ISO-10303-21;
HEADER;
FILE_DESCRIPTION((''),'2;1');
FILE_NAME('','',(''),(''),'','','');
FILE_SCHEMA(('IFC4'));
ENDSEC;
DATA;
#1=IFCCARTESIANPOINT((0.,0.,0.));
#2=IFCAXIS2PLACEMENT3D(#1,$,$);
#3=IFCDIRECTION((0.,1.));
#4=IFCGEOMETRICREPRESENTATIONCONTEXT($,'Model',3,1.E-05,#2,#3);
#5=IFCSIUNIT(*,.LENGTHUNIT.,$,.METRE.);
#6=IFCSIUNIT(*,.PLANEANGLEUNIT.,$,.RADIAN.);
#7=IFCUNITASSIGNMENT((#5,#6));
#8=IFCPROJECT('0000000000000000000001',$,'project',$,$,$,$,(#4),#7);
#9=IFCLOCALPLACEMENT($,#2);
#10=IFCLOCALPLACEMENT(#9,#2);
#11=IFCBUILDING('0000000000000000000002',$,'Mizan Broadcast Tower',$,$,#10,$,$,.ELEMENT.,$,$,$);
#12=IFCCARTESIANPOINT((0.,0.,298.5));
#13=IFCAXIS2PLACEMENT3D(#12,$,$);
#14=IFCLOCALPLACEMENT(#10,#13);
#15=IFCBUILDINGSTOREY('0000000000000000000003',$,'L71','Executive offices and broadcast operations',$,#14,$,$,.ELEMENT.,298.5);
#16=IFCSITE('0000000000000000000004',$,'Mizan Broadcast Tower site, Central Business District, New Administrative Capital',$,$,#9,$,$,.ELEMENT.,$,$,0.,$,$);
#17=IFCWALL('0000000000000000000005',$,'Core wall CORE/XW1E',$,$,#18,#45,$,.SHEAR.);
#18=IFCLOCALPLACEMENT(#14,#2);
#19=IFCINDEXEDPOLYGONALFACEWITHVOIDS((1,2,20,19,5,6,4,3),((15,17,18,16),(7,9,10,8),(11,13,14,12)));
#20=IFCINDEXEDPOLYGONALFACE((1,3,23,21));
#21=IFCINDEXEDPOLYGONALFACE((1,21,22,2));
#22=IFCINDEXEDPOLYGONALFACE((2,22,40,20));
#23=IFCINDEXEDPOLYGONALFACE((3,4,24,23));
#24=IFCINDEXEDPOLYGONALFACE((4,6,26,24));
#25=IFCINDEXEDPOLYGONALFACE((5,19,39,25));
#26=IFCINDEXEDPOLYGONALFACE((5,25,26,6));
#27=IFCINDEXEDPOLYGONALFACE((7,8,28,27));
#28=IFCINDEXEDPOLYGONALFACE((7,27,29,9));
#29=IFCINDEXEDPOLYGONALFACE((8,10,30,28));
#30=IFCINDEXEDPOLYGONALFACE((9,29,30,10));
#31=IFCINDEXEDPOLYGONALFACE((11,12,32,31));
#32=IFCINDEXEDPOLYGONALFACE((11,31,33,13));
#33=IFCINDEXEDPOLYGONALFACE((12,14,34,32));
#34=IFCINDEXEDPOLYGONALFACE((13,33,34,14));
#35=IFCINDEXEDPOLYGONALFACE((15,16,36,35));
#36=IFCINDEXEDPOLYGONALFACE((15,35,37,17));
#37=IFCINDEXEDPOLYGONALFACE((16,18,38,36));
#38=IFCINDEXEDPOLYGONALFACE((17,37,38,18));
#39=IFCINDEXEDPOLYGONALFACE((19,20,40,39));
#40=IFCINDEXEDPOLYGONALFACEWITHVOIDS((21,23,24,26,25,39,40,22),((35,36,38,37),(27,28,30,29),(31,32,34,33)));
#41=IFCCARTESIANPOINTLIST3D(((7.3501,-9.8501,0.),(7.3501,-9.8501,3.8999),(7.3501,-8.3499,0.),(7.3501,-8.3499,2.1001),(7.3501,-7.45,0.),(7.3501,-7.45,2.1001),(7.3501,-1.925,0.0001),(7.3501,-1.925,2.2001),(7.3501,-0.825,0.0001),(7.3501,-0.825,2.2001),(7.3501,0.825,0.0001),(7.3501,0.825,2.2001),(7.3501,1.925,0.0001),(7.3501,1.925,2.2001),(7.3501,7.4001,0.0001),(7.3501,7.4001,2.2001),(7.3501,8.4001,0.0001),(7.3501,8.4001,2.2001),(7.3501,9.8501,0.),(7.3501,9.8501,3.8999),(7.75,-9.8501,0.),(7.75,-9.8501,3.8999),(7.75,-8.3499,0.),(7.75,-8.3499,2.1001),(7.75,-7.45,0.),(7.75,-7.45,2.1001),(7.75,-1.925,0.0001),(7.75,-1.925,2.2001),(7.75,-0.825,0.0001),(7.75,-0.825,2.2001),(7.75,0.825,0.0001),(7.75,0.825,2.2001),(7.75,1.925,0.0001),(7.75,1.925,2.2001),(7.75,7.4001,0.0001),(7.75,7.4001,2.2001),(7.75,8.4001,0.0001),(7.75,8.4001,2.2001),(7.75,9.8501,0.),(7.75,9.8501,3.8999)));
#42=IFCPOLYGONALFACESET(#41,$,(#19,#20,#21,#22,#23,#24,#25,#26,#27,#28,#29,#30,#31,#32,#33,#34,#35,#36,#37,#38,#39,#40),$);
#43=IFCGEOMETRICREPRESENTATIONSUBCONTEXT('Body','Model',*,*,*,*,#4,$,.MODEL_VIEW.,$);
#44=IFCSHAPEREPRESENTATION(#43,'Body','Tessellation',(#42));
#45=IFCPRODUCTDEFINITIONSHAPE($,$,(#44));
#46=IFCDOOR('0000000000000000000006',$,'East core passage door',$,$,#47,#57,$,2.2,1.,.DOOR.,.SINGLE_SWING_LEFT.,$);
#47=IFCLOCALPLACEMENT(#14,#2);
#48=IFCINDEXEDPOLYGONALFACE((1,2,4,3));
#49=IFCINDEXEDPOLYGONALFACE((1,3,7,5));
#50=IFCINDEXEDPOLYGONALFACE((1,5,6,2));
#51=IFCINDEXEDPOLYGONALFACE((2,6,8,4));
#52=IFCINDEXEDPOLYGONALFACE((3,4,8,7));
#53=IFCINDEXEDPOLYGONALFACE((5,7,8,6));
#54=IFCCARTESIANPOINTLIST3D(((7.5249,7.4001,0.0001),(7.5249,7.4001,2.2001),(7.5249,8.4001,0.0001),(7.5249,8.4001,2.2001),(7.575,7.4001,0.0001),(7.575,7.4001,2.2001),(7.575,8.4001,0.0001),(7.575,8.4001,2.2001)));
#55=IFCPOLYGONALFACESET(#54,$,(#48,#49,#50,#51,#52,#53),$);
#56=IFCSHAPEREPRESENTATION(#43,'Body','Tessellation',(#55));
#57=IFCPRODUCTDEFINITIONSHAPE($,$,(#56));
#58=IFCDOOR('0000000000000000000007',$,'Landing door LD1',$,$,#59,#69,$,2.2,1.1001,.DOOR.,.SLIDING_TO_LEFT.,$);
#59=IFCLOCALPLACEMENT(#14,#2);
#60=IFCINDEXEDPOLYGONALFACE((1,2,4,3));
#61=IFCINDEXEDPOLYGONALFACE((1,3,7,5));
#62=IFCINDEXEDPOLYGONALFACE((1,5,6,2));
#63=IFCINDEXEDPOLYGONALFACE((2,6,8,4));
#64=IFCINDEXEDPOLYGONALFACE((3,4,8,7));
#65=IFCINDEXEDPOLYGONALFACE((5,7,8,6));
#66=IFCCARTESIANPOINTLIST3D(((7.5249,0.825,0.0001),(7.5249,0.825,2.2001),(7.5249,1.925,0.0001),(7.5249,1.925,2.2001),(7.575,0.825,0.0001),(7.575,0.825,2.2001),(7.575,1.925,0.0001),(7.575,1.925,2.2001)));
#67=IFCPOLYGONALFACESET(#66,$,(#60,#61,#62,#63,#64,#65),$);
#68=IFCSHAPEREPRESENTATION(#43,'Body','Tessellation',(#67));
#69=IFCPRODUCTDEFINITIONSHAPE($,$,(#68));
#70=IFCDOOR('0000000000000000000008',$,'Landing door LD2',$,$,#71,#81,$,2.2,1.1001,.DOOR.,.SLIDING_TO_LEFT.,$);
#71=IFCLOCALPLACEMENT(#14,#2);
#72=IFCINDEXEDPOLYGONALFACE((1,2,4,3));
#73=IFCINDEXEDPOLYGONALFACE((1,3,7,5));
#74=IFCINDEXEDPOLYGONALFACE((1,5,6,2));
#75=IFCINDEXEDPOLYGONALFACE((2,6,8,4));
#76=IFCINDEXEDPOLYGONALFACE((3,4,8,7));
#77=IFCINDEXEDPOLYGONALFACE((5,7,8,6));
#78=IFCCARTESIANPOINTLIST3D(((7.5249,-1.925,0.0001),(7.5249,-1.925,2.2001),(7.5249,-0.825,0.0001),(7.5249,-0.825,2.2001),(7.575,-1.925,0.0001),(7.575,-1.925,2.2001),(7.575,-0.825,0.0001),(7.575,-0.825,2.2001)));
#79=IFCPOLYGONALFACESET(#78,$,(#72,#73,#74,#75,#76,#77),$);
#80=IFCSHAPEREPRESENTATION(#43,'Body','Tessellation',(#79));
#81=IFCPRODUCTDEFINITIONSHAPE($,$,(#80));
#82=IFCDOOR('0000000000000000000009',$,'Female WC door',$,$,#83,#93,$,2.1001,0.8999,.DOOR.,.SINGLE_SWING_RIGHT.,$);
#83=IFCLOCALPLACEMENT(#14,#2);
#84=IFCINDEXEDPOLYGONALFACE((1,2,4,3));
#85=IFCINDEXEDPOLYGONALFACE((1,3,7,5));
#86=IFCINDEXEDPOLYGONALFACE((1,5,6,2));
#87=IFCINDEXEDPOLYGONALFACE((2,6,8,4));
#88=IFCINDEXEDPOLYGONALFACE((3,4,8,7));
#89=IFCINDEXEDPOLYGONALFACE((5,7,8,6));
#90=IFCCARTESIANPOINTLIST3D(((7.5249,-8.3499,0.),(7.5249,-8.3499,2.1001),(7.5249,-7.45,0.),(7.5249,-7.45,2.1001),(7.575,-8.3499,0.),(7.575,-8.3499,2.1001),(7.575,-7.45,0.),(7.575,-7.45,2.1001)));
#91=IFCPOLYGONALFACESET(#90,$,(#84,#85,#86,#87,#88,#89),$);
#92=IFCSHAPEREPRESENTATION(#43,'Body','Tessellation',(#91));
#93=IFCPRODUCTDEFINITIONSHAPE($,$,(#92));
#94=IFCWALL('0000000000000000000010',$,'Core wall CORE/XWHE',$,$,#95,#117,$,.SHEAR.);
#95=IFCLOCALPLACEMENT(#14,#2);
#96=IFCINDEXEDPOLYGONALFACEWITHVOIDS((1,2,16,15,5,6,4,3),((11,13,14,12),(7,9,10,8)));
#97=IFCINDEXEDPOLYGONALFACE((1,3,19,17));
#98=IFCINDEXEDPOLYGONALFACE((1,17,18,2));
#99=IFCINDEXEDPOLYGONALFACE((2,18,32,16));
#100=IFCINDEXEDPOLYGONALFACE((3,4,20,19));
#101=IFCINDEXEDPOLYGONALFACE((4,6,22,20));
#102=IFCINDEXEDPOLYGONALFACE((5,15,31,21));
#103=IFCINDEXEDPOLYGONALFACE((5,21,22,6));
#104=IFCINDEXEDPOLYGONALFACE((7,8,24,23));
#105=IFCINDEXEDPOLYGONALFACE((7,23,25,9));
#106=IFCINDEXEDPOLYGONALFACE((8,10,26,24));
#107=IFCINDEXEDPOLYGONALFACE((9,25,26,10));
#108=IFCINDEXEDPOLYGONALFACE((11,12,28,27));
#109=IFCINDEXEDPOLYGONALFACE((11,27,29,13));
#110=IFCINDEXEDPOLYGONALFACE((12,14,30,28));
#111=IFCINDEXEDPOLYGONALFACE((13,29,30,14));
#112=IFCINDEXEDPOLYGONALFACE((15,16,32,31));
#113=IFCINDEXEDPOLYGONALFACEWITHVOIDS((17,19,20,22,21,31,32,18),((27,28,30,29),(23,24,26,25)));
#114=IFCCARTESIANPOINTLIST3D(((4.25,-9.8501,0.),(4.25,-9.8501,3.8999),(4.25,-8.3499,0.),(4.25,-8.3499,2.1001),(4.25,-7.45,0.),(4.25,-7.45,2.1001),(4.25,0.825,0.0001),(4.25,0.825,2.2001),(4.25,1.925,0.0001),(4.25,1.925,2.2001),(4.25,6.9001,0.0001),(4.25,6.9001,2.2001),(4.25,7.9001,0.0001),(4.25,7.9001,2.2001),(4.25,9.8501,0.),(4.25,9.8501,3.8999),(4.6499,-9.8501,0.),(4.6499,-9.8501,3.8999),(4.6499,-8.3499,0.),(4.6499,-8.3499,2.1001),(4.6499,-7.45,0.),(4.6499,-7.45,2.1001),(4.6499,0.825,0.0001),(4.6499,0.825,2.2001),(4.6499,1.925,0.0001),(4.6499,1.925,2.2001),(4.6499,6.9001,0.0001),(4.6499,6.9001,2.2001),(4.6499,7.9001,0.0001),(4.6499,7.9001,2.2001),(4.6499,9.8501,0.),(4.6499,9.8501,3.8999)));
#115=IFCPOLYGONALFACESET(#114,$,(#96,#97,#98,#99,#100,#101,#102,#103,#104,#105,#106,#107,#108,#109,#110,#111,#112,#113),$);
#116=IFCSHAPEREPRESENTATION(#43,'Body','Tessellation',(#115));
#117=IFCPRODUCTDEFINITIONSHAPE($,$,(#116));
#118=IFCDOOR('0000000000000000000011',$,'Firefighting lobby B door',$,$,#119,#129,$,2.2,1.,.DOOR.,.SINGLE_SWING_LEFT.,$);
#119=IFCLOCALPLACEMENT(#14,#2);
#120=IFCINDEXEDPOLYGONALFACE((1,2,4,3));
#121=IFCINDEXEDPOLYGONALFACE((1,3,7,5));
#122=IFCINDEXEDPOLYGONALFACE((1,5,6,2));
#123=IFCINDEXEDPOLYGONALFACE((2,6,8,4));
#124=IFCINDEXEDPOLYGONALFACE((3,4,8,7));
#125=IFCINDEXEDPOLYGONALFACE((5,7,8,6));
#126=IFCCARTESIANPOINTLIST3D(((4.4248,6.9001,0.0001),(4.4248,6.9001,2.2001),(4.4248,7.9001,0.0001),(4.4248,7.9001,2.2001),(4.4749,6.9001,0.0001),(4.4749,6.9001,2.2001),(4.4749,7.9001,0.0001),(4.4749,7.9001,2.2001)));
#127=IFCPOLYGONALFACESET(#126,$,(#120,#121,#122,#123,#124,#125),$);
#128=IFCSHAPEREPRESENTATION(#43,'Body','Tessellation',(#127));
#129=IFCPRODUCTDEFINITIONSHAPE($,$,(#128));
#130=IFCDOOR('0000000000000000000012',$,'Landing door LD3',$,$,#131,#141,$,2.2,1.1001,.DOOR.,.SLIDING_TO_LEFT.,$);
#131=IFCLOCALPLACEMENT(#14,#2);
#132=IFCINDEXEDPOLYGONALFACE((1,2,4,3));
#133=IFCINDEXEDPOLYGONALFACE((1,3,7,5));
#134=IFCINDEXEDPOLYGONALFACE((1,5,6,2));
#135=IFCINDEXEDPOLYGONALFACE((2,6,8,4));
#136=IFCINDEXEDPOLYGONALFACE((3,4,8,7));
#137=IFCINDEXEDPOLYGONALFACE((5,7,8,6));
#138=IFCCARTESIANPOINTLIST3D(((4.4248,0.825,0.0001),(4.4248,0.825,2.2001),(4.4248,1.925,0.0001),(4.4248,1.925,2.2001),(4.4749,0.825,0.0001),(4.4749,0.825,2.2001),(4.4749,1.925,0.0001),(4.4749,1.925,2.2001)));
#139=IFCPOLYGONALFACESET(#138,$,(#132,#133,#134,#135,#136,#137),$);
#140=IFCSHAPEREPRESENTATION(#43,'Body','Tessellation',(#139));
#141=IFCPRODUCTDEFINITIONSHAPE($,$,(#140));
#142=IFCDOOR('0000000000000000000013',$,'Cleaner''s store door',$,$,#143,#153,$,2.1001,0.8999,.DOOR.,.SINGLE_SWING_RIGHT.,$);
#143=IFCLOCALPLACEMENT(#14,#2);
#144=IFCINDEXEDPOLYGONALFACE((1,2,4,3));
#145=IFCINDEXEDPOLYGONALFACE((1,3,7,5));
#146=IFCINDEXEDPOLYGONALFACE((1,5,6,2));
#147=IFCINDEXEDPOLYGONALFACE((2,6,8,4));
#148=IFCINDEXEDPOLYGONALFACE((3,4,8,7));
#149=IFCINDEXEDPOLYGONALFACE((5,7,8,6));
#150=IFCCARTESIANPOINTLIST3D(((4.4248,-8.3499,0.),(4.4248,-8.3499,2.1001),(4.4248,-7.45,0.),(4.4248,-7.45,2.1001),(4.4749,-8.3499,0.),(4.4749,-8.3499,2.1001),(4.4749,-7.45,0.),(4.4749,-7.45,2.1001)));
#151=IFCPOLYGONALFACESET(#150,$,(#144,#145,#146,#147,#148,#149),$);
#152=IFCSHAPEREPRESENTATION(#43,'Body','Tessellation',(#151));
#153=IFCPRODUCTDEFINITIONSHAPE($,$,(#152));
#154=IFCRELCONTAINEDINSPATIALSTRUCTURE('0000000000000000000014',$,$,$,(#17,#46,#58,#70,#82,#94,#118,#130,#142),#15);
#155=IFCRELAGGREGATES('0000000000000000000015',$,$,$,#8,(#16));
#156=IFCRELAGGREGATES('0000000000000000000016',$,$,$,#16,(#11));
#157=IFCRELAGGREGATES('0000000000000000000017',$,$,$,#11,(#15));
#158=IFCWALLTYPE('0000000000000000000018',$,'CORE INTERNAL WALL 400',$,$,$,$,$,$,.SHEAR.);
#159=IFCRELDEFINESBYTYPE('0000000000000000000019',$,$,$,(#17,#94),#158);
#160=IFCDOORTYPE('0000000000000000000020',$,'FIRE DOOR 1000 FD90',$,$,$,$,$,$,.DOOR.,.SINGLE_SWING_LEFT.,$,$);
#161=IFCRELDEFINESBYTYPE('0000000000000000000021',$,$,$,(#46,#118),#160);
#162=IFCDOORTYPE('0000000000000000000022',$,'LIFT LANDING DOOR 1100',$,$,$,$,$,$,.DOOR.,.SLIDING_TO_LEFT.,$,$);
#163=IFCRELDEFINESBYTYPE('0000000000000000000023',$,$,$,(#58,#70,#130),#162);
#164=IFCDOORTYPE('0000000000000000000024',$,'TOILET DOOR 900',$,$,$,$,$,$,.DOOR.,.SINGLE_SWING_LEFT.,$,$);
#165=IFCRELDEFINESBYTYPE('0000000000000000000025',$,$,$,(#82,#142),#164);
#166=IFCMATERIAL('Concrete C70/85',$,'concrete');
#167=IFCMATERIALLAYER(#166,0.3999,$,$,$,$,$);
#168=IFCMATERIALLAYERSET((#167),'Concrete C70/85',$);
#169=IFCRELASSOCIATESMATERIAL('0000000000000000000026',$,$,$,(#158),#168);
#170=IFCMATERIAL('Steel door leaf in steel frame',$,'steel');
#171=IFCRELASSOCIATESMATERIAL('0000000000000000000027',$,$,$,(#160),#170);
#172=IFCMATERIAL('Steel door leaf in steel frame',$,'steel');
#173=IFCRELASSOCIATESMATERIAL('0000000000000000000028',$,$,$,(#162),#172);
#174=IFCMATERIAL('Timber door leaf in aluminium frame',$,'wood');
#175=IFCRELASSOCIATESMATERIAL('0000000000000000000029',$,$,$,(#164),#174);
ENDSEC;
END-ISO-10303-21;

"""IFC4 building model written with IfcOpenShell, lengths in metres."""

from ifc_helpers import new_model, si_unit, direction, frame, frame_2d, origin, place, context, subcontext, project, spatial, rectangle, extrude, material, layer, layer_set, type_object, element, fill, save


model = new_model("IFC4")

# Units and contexts
model_context = context("Model", 3, precision=1e-05, world=origin(), true_north=direction((0.0, 1.0)))
body_context = subcontext(model_context, "Body", "Model", "MODEL_VIEW")
ifc_project = project(units=[si_unit("LENGTHUNIT", "METRE"), si_unit("PLANEANGLEUNIT", "RADIAN")], contexts=[model_context])

# Site, building, storey
site_placement = place(None, origin())
site = spatial("IfcSite", under=ifc_project, at=site_placement, Name="Mizan Broadcast Tower site, Central Business District, New Administrative Capital", CompositionType="ELEMENT", RefElevation=0.0)
building_placement = place(site_placement, origin())
building = spatial("IfcBuilding", under=site, at=building_placement, Name="Mizan Broadcast Tower", CompositionType="ELEMENT")
storey_placement = place(building_placement, frame((0.0, 0.0, 298.5)))
storey = spatial("IfcBuildingStorey", under=building, at=storey_placement, Name="L71", Description="Executive offices and broadcast operations", CompositionType="ELEMENT", Elevation=298.5)

# Walls, openings, doors
ifc_material_1 = material(Name="Concrete C70/85", Category="concrete")
ifc_layer_1 = layer(ifc_material_1, 0.3999)
ifc_layer_set_1 = layer_set([ifc_layer_1], Name="Concrete C70/85")
wall_type = type_object("IfcWallType", Name="CORE INTERNAL WALL 400", PredefinedType="SHEAR", material=ifc_layer_set_1)
wall_1_placement = place(storey_placement, frame((7.55, 9.8501, 0.0), z_axis=(0.0, 0.0, 1.0), x_axis=(0.0, -1.0, 0.0)))
wall_1 = element("IfcWall", 1, at=wall_1_placement, inside=storey, type_object=wall_type, Name="Core wall CORE/XW1E", PredefinedType="SHEAR", context=body_context, shape_type="SweptSolid", body=[
    extrude(rectangle(XDim=19.7002, YDim=0.3999, at=frame_2d((9.8501, 0.0))), origin(), (0.0, 0.0, 1.0), 3.8999),
])
opening_1_placement = place(wall_1_placement, frame((1.45, 0.0, 0.0)))
opening_1 = element("IfcOpeningElement", 2, at=opening_1_placement, cuts=wall_1, PredefinedType="OPENING", context=body_context, shape_type="SweptSolid", body=[
    extrude(rectangle(XDim=1.0, YDim=2.2, at=frame_2d((0.5, 1.1001))), frame((0.0, 0.21, 0.0), z_axis=(0.0, -1.0, 0.0), x_axis=(1.0, 0.0, 0.0)), (0.0, 0.0, 1.0), 0.4199),
])
opening_2_placement = place(wall_1_placement, frame((17.3, 0.0, 0.0)))
opening_2 = element("IfcOpeningElement", 3, at=opening_2_placement, cuts=wall_1, PredefinedType="OPENING", context=body_context, shape_type="SweptSolid", body=[
    extrude(rectangle(XDim=0.8999, YDim=2.1001, at=frame_2d((0.45, 1.05))), frame((0.0, 0.21, 0.0), z_axis=(0.0, -1.0, 0.0), x_axis=(1.0, 0.0, 0.0)), (0.0, 0.0, 1.0), 0.4199),
])
opening_3_placement = place(wall_1_placement, frame((7.925, 0.0, 0.0)))
opening_3 = element("IfcOpeningElement", 4, at=opening_3_placement, cuts=wall_1, PredefinedType="OPENING", context=body_context, shape_type="SweptSolid", body=[
    extrude(rectangle(XDim=1.1001, YDim=2.2, at=frame_2d((0.55, 1.1001))), frame((0.0, 0.21, 0.0), z_axis=(0.0, -1.0, 0.0), x_axis=(1.0, 0.0, 0.0)), (0.0, 0.0, 1.0), 0.4199),
])
opening_4_placement = place(wall_1_placement, frame((10.675, 0.0, 0.0)))
opening_4 = element("IfcOpeningElement", 5, at=opening_4_placement, cuts=wall_1, PredefinedType="OPENING", context=body_context, shape_type="SweptSolid", body=[
    extrude(rectangle(XDim=1.1001, YDim=2.2, at=frame_2d((0.55, 1.1001))), frame((0.0, 0.21, 0.0), z_axis=(0.0, -1.0, 0.0), x_axis=(1.0, 0.0, 0.0)), (0.0, 0.0, 1.0), 0.4199),
])
ifc_material_2 = material(Name="Steel door leaf in steel frame", Category="steel")
door_type_1 = type_object("IfcDoorType", Name="FIRE DOOR 1000 FD90", OperationType="SINGLE_SWING_LEFT", PredefinedType="DOOR", material=ifc_material_2)
door_1_placement = place(opening_1_placement, origin())
door_1 = element("IfcDoor", 6, at=door_1_placement, inside=storey, type_object=door_type_1, Name="East core passage door", OperationType="SINGLE_SWING_LEFT", OverallHeight=2.2, OverallWidth=1.0, PredefinedType="DOOR", context=body_context, shape_type="SweptSolid", body=[
    extrude(rectangle(XDim=1.0, YDim=2.2, at=frame_2d((0.5, 1.1001))), frame((0.0, 0.0249, 0.0), z_axis=(0.0, -1.0, 0.0), x_axis=(1.0, 0.0, 0.0)), (0.0, 0.0, 1.0), 0.05),
])
fill(opening_1, door_1)
ifc_material_3 = material(Name="Steel door leaf in steel frame", Category="steel")
door_type_2 = type_object("IfcDoorType", Name="LIFT LANDING DOOR 1100", OperationType="SLIDING_TO_LEFT", PredefinedType="DOOR", material=ifc_material_3)
door_2_placement = place(opening_3_placement, origin())
door_2 = element("IfcDoor", 7, at=door_2_placement, inside=storey, type_object=door_type_2, Name="Landing door LD1", OperationType="SLIDING_TO_LEFT", OverallHeight=2.2, OverallWidth=1.1001, PredefinedType="DOOR", context=body_context, shape_type="SweptSolid", body=[
    extrude(rectangle(XDim=1.1001, YDim=2.2, at=frame_2d((0.55, 1.1001))), frame((0.0, 0.0249, 0.0), z_axis=(0.0, -1.0, 0.0), x_axis=(1.0, 0.0, 0.0)), (0.0, 0.0, 1.0), 0.05),
])
fill(opening_3, door_2)
door_3_placement = place(opening_4_placement, origin())
door_3 = element("IfcDoor", 8, at=door_3_placement, inside=storey, type_object=door_type_2, Name="Landing door LD2", OperationType="SLIDING_TO_LEFT", OverallHeight=2.2, OverallWidth=1.1001, PredefinedType="DOOR", context=body_context, shape_type="SweptSolid", body=[
    extrude(rectangle(XDim=1.1001, YDim=2.2, at=frame_2d((0.55, 1.1001))), frame((0.0, 0.0249, 0.0), z_axis=(0.0, -1.0, 0.0), x_axis=(1.0, 0.0, 0.0)), (0.0, 0.0, 1.0), 0.05),
])
fill(opening_4, door_3)
ifc_material_4 = material(Name="Timber door leaf in aluminium frame", Category="wood")
door_type_3 = type_object("IfcDoorType", Name="TOILET DOOR 900", OperationType="SINGLE_SWING_LEFT", PredefinedType="DOOR", material=ifc_material_4)
door_4_placement = place(opening_2_placement, origin())
door_4 = element("IfcDoor", 9, at=door_4_placement, inside=storey, type_object=door_type_3, Name="Female WC door", OperationType="SINGLE_SWING_RIGHT", OverallHeight=2.1001, OverallWidth=0.8999, PredefinedType="DOOR", context=body_context, shape_type="SweptSolid", body=[
    extrude(rectangle(XDim=0.8999, YDim=2.1001, at=frame_2d((0.45, 1.05))), frame((0.0, 0.0249, 0.0), z_axis=(0.0, -1.0, 0.0), x_axis=(1.0, 0.0, 0.0)), (0.0, 0.0, 1.0), 0.05),
])
fill(opening_2, door_4)
wall_2_placement = place(storey_placement, frame((4.45, 9.8501, 0.0), z_axis=(0.0, 0.0, 1.0), x_axis=(0.0, -1.0, 0.0)))
wall_2 = element("IfcWall", 10, at=wall_2_placement, inside=storey, type_object=wall_type, Name="Core wall CORE/XWHE", PredefinedType="SHEAR", context=body_context, shape_type="SweptSolid", body=[
    extrude(rectangle(XDim=19.7002, YDim=0.3999, at=frame_2d((9.8501, 0.0))), origin(), (0.0, 0.0, 1.0), 3.8999),
])
opening_5_placement = place(wall_2_placement, frame((1.95, 0.0, 0.0)))
opening_5 = element("IfcOpeningElement", 11, at=opening_5_placement, cuts=wall_2, PredefinedType="OPENING", context=body_context, shape_type="SweptSolid", body=[
    extrude(rectangle(XDim=1.0, YDim=2.2, at=frame_2d((0.5, 1.1001))), frame((0.0, 0.21, 0.0), z_axis=(0.0, -1.0, 0.0), x_axis=(1.0, 0.0, 0.0)), (0.0, 0.0, 1.0), 0.4199),
])
opening_6_placement = place(wall_2_placement, frame((17.3, 0.0, 0.0)))
opening_6 = element("IfcOpeningElement", 12, at=opening_6_placement, cuts=wall_2, PredefinedType="OPENING", context=body_context, shape_type="SweptSolid", body=[
    extrude(rectangle(XDim=0.8999, YDim=2.1001, at=frame_2d((0.45, 1.05))), frame((0.0, 0.21, 0.0), z_axis=(0.0, -1.0, 0.0), x_axis=(1.0, 0.0, 0.0)), (0.0, 0.0, 1.0), 0.4199),
])
opening_7_placement = place(wall_2_placement, frame((7.925, 0.0, 0.0)))
opening_7 = element("IfcOpeningElement", 13, at=opening_7_placement, cuts=wall_2, PredefinedType="OPENING", context=body_context, shape_type="SweptSolid", body=[
    extrude(rectangle(XDim=1.1001, YDim=2.2, at=frame_2d((0.55, 1.1001))), frame((0.0, 0.21, 0.0), z_axis=(0.0, -1.0, 0.0), x_axis=(1.0, 0.0, 0.0)), (0.0, 0.0, 1.0), 0.4199),
])
door_5_placement = place(opening_5_placement, origin())
door_5 = element("IfcDoor", 14, at=door_5_placement, inside=storey, type_object=door_type_1, Name="Firefighting lobby B door", OperationType="SINGLE_SWING_LEFT", OverallHeight=2.2, OverallWidth=1.0, PredefinedType="DOOR", context=body_context, shape_type="SweptSolid", body=[
    extrude(rectangle(XDim=1.0, YDim=2.2, at=frame_2d((0.5, 1.1001))), frame((0.0, 0.0249, 0.0), z_axis=(0.0, -1.0, 0.0), x_axis=(1.0, 0.0, 0.0)), (0.0, 0.0, 1.0), 0.05),
])
fill(opening_5, door_5)
door_6_placement = place(opening_7_placement, origin())
door_6 = element("IfcDoor", 15, at=door_6_placement, inside=storey, type_object=door_type_2, Name="Landing door LD3", OperationType="SLIDING_TO_LEFT", OverallHeight=2.2, OverallWidth=1.1001, PredefinedType="DOOR", context=body_context, shape_type="SweptSolid", body=[
    extrude(rectangle(XDim=1.1001, YDim=2.2, at=frame_2d((0.55, 1.1001))), frame((0.0, 0.0249, 0.0), z_axis=(0.0, -1.0, 0.0), x_axis=(1.0, 0.0, 0.0)), (0.0, 0.0, 1.0), 0.05),
])
fill(opening_7, door_6)
door_7_placement = place(opening_6_placement, origin())
door_7 = element("IfcDoor", 16, at=door_7_placement, inside=storey, type_object=door_type_3, Name="Cleaner's store door", OperationType="SINGLE_SWING_RIGHT", OverallHeight=2.1001, OverallWidth=0.8999, PredefinedType="DOOR", context=body_context, shape_type="SweptSolid", body=[
    extrude(rectangle(XDim=0.8999, YDim=2.1001, at=frame_2d((0.45, 1.05))), frame((0.0, 0.0249, 0.0), z_axis=(0.0, -1.0, 0.0), x_axis=(1.0, 0.0, 0.0)), (0.0, 0.0, 1.0), 0.05),
])
fill(opening_6, door_7)

save(model, "model.ifc")
